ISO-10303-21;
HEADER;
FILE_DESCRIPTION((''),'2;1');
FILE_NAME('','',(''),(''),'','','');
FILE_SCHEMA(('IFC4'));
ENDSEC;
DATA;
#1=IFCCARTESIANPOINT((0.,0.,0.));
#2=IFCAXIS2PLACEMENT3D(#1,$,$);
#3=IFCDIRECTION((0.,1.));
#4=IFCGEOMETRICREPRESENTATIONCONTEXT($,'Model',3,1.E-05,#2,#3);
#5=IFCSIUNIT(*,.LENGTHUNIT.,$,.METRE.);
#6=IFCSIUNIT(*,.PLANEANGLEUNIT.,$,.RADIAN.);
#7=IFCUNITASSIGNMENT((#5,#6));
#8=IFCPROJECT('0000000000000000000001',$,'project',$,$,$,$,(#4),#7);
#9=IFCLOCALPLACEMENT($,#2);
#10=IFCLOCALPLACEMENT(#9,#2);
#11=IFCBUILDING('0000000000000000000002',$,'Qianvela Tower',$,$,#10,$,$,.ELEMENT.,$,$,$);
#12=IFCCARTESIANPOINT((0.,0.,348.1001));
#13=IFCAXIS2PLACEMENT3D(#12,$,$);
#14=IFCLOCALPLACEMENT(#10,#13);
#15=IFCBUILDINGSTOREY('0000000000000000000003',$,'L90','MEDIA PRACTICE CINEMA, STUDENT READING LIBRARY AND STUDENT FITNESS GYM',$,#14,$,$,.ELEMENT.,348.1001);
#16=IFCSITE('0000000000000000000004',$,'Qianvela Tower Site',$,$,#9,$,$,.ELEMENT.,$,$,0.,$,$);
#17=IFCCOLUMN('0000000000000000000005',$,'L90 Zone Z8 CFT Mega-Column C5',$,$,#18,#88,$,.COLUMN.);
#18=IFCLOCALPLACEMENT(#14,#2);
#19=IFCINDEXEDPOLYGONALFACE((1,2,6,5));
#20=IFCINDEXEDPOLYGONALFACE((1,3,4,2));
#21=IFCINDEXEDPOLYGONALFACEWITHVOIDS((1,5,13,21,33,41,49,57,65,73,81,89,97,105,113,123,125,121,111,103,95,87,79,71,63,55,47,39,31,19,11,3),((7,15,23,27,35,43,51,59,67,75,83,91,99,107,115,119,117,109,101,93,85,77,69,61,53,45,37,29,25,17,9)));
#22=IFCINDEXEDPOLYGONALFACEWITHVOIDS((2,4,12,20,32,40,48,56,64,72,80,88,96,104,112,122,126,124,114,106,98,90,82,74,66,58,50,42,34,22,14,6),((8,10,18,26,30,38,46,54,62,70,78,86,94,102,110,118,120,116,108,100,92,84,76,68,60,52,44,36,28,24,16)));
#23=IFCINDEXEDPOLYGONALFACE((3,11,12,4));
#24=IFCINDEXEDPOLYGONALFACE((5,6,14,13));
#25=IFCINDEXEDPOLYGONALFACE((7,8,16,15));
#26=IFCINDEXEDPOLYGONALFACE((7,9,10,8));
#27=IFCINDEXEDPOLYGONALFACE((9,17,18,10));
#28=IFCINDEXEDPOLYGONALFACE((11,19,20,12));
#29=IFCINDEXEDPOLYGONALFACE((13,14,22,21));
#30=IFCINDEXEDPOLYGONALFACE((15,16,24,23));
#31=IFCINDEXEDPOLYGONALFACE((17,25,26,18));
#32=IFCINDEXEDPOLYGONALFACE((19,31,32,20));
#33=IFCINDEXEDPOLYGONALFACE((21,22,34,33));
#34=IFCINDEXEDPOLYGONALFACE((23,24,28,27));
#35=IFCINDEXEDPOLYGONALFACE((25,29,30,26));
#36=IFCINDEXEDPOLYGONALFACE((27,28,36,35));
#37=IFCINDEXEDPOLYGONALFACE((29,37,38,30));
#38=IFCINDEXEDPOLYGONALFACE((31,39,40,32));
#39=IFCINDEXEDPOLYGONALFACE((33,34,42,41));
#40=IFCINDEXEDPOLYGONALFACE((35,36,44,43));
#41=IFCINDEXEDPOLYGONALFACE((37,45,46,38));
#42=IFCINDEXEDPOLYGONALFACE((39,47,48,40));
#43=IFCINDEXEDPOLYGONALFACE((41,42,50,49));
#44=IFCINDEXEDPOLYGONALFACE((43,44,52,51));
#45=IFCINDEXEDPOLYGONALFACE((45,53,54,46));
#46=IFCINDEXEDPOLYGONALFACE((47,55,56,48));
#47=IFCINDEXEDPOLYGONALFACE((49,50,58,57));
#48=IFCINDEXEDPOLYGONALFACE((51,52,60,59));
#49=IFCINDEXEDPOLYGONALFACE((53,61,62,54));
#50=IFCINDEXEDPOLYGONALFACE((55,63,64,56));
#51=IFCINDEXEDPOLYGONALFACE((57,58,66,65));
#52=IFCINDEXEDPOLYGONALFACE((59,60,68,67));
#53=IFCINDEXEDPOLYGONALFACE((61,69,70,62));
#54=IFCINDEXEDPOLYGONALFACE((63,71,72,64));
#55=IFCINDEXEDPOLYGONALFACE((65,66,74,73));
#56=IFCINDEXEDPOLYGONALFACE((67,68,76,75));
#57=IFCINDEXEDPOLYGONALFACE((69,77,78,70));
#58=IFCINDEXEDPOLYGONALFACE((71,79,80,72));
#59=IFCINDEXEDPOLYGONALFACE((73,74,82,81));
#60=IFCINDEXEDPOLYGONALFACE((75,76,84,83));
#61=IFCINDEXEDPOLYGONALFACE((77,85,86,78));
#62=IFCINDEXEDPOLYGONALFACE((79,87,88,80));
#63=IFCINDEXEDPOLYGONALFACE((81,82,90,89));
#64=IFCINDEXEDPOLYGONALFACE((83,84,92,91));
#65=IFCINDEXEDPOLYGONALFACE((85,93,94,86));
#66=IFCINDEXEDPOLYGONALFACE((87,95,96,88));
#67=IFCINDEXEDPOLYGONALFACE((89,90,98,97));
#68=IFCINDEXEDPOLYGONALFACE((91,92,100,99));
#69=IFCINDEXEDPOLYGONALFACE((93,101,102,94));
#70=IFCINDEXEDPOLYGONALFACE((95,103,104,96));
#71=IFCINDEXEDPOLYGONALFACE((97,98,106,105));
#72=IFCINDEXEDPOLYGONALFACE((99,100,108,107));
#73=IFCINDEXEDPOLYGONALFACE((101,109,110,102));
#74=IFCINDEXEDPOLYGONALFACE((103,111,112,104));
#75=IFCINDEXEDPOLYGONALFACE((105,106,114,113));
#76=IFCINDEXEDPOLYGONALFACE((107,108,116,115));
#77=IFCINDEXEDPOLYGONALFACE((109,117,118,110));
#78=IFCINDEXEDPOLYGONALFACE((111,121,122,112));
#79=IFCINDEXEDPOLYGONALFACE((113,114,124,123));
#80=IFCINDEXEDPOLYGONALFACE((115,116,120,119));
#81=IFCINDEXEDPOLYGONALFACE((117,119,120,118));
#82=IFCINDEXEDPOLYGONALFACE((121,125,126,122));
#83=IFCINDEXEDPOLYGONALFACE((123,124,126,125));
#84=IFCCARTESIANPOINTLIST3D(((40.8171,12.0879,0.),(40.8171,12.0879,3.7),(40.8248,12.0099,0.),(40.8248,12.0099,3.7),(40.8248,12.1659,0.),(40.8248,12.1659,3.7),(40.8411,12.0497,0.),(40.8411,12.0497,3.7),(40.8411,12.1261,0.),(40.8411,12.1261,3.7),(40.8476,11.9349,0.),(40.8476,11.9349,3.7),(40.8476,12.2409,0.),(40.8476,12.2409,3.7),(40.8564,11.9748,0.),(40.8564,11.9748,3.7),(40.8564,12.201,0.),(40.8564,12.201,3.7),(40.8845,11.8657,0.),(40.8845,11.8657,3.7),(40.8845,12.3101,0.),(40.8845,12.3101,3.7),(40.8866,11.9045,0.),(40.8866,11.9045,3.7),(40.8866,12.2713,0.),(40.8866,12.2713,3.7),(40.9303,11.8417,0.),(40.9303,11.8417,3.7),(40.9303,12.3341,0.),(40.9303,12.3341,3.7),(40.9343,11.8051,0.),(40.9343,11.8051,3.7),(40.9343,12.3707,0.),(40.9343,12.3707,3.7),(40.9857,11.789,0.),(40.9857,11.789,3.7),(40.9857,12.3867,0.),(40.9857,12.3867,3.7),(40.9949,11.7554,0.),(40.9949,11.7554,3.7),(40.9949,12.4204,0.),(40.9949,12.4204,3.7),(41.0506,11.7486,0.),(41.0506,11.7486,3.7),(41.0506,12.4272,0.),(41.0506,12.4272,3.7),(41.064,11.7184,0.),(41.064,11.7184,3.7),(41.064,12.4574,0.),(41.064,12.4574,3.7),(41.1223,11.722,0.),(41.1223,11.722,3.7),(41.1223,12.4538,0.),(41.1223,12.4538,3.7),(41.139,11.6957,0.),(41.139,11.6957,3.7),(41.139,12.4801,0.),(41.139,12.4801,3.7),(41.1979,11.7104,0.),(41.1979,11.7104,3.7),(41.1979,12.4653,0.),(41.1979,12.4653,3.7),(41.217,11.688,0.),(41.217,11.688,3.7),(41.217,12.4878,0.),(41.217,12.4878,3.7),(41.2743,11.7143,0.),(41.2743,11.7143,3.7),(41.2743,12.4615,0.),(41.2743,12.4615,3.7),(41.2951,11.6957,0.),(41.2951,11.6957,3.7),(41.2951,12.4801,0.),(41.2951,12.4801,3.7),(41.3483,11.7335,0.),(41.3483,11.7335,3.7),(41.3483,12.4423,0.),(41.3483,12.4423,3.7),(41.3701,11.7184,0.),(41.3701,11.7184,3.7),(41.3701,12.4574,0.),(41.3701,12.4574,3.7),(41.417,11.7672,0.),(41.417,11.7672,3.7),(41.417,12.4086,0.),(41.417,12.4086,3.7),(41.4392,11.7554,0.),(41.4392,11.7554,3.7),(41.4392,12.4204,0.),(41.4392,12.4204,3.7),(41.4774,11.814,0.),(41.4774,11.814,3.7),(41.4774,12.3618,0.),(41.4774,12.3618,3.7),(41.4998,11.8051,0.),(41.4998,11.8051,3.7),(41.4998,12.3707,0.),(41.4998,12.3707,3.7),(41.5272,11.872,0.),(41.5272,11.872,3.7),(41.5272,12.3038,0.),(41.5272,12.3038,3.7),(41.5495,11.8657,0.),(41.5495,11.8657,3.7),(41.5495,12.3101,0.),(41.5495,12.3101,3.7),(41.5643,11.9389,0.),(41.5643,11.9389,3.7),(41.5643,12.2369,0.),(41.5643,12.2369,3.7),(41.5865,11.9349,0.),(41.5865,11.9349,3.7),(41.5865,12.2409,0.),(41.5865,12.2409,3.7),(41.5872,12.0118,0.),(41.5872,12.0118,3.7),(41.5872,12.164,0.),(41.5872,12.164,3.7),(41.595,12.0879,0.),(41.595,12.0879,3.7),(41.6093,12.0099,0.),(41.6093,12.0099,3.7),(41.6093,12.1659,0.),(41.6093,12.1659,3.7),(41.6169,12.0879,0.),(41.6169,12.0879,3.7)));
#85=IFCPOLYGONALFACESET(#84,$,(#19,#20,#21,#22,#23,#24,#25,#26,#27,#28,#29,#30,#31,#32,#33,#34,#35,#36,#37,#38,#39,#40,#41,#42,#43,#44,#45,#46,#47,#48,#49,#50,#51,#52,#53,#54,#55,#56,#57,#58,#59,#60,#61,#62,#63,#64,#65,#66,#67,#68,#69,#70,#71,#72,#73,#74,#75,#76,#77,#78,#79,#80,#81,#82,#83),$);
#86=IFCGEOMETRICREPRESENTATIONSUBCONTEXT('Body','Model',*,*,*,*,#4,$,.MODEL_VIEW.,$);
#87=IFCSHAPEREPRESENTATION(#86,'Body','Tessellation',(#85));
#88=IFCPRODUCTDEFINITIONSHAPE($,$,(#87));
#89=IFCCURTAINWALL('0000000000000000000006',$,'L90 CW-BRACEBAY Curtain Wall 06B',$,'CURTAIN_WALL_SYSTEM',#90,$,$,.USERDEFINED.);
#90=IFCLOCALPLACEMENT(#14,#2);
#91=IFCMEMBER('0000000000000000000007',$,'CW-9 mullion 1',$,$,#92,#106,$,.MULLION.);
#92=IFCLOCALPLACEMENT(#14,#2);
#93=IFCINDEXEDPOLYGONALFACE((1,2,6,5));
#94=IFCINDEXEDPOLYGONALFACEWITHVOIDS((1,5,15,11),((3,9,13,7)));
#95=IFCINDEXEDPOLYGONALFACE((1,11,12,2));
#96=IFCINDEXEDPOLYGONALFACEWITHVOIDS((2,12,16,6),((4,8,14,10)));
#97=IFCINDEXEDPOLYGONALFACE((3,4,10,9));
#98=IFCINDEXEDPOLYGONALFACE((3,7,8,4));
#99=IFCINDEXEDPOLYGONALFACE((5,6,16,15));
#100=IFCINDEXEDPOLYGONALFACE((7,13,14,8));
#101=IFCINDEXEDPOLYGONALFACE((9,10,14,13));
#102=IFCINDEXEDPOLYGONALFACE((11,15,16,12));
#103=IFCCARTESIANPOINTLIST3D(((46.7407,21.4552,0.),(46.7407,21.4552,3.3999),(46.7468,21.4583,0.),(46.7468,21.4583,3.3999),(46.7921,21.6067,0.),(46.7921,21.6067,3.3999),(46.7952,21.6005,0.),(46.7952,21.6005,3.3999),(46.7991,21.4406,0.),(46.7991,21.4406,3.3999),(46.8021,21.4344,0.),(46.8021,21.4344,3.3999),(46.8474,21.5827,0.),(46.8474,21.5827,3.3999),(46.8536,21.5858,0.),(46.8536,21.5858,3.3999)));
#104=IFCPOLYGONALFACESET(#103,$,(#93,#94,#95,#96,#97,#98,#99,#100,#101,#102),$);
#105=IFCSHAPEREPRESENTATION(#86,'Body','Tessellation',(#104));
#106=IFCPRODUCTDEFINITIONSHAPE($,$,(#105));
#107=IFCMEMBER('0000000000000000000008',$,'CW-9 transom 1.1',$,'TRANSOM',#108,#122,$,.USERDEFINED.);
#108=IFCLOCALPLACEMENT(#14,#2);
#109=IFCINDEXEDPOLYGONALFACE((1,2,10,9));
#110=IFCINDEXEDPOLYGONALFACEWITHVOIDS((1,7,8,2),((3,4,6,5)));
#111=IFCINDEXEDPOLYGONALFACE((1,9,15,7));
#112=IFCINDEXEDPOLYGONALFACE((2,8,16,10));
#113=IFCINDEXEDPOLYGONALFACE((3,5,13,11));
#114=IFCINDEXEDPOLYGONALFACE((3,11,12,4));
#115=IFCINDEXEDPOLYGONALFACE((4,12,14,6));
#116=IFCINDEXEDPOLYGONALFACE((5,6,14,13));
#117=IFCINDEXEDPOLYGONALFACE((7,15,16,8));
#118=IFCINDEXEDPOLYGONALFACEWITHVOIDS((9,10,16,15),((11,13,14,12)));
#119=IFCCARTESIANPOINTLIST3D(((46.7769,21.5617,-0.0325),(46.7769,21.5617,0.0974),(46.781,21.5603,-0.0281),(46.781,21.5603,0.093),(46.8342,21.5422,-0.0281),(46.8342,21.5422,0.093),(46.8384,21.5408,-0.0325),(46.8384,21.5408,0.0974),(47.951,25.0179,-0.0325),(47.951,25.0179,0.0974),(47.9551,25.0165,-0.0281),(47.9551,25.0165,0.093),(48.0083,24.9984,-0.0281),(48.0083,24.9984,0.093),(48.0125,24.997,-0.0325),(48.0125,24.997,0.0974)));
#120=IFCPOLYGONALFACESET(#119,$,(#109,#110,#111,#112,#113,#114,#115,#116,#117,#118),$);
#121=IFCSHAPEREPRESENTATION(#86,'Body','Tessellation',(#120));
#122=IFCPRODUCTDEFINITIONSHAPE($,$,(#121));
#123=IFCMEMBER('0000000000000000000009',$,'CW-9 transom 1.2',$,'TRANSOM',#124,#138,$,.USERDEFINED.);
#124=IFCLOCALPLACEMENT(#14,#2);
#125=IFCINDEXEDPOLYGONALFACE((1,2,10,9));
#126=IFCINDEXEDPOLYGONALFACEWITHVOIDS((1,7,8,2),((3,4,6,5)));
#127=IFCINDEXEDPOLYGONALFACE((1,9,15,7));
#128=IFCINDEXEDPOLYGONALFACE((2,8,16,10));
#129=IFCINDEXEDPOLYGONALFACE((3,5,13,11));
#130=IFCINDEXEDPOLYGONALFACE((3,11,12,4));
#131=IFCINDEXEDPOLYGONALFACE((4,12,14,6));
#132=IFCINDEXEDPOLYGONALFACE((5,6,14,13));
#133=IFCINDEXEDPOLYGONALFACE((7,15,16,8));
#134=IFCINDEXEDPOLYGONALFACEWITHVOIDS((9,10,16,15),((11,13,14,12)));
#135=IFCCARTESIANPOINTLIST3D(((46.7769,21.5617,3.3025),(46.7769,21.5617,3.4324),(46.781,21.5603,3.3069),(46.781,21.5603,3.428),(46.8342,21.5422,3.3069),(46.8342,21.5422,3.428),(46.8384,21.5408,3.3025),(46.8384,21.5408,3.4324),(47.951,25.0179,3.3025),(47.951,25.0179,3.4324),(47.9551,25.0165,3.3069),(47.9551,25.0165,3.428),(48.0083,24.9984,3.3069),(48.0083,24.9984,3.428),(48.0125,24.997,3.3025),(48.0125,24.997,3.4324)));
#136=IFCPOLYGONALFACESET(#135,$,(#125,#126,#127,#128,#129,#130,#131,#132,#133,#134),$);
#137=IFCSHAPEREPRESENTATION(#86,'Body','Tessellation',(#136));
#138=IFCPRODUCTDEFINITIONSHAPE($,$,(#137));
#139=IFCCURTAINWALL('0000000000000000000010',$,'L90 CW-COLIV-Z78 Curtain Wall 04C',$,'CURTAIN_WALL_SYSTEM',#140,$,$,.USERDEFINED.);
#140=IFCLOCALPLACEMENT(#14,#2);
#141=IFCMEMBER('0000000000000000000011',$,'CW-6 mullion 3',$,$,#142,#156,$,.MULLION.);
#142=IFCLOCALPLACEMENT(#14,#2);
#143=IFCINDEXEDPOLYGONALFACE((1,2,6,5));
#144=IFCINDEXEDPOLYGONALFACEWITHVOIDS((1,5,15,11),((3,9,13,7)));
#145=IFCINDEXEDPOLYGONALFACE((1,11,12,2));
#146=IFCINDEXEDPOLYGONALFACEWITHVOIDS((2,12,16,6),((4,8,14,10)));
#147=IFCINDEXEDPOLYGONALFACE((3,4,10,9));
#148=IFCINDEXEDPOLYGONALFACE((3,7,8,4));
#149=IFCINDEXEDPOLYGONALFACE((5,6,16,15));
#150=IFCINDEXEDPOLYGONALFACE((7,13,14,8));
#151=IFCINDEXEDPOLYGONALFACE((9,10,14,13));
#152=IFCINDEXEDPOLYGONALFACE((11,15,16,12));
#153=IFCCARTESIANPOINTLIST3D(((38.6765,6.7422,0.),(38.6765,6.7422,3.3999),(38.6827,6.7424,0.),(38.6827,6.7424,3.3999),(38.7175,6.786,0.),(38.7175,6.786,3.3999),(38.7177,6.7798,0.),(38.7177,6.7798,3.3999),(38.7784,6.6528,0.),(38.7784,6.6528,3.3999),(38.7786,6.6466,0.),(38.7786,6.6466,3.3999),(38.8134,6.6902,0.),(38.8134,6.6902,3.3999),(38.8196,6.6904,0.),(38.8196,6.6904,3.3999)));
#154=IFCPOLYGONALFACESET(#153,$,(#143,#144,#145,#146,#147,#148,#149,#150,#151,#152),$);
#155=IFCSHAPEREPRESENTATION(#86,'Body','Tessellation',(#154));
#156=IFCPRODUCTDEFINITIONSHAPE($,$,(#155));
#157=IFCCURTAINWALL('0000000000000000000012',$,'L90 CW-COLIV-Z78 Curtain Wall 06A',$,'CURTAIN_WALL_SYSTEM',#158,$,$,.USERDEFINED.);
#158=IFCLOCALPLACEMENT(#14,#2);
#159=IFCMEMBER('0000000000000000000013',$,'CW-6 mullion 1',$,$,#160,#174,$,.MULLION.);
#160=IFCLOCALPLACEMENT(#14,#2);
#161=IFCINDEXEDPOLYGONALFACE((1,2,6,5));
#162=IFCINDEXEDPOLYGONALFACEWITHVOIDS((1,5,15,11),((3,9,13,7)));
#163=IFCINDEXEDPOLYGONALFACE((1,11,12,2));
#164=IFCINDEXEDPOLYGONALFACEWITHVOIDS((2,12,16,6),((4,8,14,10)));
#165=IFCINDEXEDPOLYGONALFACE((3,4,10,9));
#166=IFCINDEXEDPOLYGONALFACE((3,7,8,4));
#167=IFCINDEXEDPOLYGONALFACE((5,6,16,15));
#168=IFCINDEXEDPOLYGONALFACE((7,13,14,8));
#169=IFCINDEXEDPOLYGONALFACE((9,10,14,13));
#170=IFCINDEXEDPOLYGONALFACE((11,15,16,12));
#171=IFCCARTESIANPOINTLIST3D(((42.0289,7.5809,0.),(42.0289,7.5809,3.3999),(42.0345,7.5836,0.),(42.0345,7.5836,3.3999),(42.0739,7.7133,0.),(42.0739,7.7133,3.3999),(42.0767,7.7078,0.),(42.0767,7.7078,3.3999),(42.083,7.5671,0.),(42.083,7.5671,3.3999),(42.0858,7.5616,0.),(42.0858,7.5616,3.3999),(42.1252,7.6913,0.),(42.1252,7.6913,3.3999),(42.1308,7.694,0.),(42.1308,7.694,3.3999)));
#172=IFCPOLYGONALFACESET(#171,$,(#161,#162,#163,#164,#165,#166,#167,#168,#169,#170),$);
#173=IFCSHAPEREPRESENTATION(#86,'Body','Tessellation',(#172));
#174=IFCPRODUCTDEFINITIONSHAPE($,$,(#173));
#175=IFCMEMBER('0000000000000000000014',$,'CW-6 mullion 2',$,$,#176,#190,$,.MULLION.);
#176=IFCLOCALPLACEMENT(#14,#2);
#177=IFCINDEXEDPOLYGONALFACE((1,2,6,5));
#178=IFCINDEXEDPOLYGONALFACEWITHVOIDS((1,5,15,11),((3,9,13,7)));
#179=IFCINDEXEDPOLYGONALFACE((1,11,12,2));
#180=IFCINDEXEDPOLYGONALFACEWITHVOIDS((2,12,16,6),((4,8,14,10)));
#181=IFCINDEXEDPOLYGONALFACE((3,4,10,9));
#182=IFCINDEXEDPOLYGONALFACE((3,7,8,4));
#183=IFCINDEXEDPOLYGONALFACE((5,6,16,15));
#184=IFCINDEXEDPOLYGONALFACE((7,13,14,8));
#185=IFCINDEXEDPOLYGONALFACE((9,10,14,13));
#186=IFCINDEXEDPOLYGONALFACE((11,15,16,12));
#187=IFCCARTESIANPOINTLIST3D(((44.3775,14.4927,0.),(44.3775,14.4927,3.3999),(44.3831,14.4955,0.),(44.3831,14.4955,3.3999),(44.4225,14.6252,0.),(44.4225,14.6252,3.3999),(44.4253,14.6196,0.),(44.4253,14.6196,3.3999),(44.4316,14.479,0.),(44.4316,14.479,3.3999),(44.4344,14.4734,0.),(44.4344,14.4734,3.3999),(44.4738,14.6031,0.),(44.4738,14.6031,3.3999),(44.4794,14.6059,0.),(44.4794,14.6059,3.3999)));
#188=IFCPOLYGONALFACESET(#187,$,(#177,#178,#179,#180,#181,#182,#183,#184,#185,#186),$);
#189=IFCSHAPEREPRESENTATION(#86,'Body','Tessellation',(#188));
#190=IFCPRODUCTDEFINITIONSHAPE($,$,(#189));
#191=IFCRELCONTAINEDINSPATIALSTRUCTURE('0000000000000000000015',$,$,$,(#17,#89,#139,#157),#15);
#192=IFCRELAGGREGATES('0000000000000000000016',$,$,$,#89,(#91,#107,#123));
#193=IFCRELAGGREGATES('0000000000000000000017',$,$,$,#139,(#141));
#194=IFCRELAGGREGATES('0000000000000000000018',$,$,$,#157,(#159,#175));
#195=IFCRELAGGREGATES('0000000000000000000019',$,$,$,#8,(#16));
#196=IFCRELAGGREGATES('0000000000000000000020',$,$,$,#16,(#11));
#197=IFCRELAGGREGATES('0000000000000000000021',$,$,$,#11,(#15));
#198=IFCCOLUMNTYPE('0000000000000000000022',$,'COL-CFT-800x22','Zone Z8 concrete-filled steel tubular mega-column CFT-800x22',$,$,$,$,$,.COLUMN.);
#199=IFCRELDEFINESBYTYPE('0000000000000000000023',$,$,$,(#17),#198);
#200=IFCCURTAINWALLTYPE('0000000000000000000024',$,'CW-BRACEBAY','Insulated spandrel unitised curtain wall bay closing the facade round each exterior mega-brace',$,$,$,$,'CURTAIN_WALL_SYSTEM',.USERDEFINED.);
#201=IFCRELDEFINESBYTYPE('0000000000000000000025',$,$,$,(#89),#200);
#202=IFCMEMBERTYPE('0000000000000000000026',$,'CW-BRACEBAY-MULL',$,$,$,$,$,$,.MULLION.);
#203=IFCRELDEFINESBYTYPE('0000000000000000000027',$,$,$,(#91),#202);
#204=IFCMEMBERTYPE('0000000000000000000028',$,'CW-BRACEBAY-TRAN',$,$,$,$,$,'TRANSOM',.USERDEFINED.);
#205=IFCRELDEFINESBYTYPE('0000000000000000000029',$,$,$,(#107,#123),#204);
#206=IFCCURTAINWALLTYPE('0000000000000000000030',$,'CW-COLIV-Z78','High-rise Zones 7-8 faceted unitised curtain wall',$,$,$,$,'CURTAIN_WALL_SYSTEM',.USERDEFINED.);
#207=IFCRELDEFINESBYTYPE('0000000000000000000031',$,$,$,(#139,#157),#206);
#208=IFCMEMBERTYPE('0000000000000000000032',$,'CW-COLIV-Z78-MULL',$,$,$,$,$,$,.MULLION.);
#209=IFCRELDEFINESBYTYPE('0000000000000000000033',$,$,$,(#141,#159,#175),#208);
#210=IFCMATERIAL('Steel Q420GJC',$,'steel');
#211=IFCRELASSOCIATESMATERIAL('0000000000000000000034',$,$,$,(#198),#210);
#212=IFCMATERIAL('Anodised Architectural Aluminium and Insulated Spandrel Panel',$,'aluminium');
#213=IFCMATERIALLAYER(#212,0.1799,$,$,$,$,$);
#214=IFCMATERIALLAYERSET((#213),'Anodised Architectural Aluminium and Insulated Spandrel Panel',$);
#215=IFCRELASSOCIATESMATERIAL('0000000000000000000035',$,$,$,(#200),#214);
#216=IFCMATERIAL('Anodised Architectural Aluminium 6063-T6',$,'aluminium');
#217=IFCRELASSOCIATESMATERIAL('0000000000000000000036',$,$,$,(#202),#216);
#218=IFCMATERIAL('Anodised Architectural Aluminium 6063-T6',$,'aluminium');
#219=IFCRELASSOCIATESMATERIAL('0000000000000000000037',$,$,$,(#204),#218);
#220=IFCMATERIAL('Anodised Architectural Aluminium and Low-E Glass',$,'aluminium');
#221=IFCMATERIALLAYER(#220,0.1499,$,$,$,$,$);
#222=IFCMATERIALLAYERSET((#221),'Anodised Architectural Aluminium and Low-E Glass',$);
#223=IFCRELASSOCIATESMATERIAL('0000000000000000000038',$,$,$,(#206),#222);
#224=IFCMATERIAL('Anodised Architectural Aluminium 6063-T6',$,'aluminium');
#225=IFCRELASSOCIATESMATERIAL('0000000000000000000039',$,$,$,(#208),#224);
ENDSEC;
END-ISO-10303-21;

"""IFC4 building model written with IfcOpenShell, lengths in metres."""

from ifc_helpers import new_model, si_unit, direction, frame, origin, origin_2d, place, context, subcontext, project, spatial, hollow_rectangle, hollow_circle, extrude, material, layer, layer_set, material_profile, profile_set, type_object, element, aggregate, save


model = new_model("IFC4")

# Units and contexts
model_context = context("Model", 3, precision=1e-05, world=origin(), true_north=direction((0.0, 1.0)))
body_context = subcontext(model_context, "Body", "Model", "MODEL_VIEW")
ifc_project = project(units=[si_unit("LENGTHUNIT", "METRE"), si_unit("PLANEANGLEUNIT", "RADIAN")], contexts=[model_context])

# Site, building, storey
site_placement = place(None, origin())
site = spatial("IfcSite", under=ifc_project, at=site_placement, Name="Qianvela Tower Site", CompositionType="ELEMENT", RefElevation=0.0)
building_placement = place(site_placement, origin())
building = spatial("IfcBuilding", under=site, at=building_placement, Name="Qianvela Tower", CompositionType="ELEMENT")
storey_placement = place(building_placement, frame((0.0, 0.0, 348.1001)))
storey = spatial("IfcBuildingStorey", under=building, at=storey_placement, Name="L90", Description="MEDIA PRACTICE CINEMA, STUDENT READING LIBRARY AND STUDENT FITNESS GYM", CompositionType="ELEMENT", Elevation=348.1001)

# Column
ifc_material_1 = material(Name="Steel Q420GJC", Category="steel")
ifc_material_profile_1 = material_profile(ifc_material_1, hollow_circle(Radius=0.3999, WallThickness=0.022, at=origin_2d()), Name="CFT-800x22")
ifc_profile_set_1 = profile_set([ifc_material_profile_1], Name="Steel Q420GJC")
column_type = type_object("IfcColumnType", Name="COL-CFT-800x22", Description="Zone Z8 concrete-filled steel tubular mega-column CFT-800x22", PredefinedType="COLUMN", material=ifc_profile_set_1)
column_placement = place(storey_placement, frame((41.217, 12.0879, 0.0), z_axis=(0.0, 0.0, 1.0), x_axis=(1.0, 0.0, 0.0)))
element("IfcColumn", 1, at=column_placement, inside=storey, type_object=column_type, Name="L90 Zone Z8 CFT Mega-Column C5", PredefinedType="COLUMN", context=body_context, shape_type="SweptSolid", body=[
    extrude(hollow_circle(Radius=0.3999, WallThickness=0.022, at=origin_2d()), origin(), (0.0, 0.0, 1.0), 3.7),
])

# Curtain wall, members
ifc_material_2 = material(Name="Anodised Architectural Aluminium and Insulated Spandrel Panel", Category="aluminium")
ifc_layer_1 = layer(ifc_material_2, 0.1799)
ifc_layer_set_1 = layer_set([ifc_layer_1], Name="Anodised Architectural Aluminium and Insulated Spandrel Panel")
curtain_wall_type_1 = type_object("IfcCurtainWallType", Name="CW-BRACEBAY", Description="Insulated spandrel unitised curtain wall bay closing the facade round each exterior mega-brace", ElementType="CURTAIN_WALL_SYSTEM", PredefinedType="USERDEFINED", material=ifc_layer_set_1)
curtain_wall_1_placement = place(storey_placement, origin())
curtain_wall_1 = element("IfcCurtainWall", 2, at=curtain_wall_1_placement, inside=storey, type_object=curtain_wall_type_1, Name="L90 CW-BRACEBAY Curtain Wall 06B", ObjectType="CURTAIN_WALL_SYSTEM", PredefinedType="USERDEFINED")
ifc_material_3 = material(Name="Anodised Architectural Aluminium 6063-T6", Category="aluminium")
ifc_material_profile_2 = material_profile(ifc_material_3, hollow_rectangle(XDim=0.0649, YDim=0.1599, WallThickness=0.0049, at=origin_2d()), Name="ALU-MULL-65x160")
ifc_profile_set_2 = profile_set([ifc_material_profile_2], Name="Anodised Architectural Aluminium 6063-T6")
member_type_1 = type_object("IfcMemberType", Name="CW-BRACEBAY-MULL", PredefinedType="MULLION", material=ifc_profile_set_2)
member_1_placement = place(storey_placement, frame((46.7971, 21.5205, 0.0), z_axis=(0.0, 0.0, 1.0), x_axis=(-0.946837, 0.321714, 0.0)))
member_1 = element("IfcMember", 3, at=member_1_placement, type_object=member_type_1, Name="CW-9 mullion 1", PredefinedType="MULLION", context=body_context, shape_type="SweptSolid", body=[
    extrude(hollow_rectangle(XDim=0.0649, YDim=0.1599, WallThickness=0.0049, at=origin_2d()), origin(), (0.0, 0.0, 1.0), 3.3999),
])
ifc_material_4 = material(Name="Anodised Architectural Aluminium 6063-T6", Category="aluminium")
ifc_material_profile_3 = material_profile(ifc_material_4, hollow_rectangle(XDim=0.0649, YDim=0.1299, WallThickness=0.0044, at=origin_2d()), Name="ALU-TRAN-65x130")
ifc_profile_set_3 = profile_set([ifc_material_profile_3], Name="Anodised Architectural Aluminium 6063-T6")
member_type_2 = type_object("IfcMemberType", Name="CW-BRACEBAY-TRAN", ElementType="TRANSOM", PredefinedType="USERDEFINED", material=ifc_profile_set_3)
member_2_placement = place(storey_placement, frame((46.8076, 21.5513, 0.0325), z_axis=(0.32166, 0.946855, 0.0), x_axis=(-0.946855, 0.32166, 0.0)))
member_2 = element("IfcMember", 4, at=member_2_placement, type_object=member_type_2, Name="CW-9 transom 1.1", ObjectType="TRANSOM", PredefinedType="USERDEFINED", context=body_context, shape_type="SweptSolid", body=[
    extrude(hollow_rectangle(XDim=0.0649, YDim=0.1299, WallThickness=0.0044, at=origin_2d()), origin(), (0.0, 0.0, 1.0), 3.6501),
])
member_3_placement = place(storey_placement, frame((46.8076, 21.5513, 3.3674), z_axis=(0.32166, 0.946855, 0.0), x_axis=(-0.946855, 0.32166, 0.0)))
member_3 = element("IfcMember", 5, at=member_3_placement, type_object=member_type_2, Name="CW-9 transom 1.2", ObjectType="TRANSOM", PredefinedType="USERDEFINED", context=body_context, shape_type="SweptSolid", body=[
    extrude(hollow_rectangle(XDim=0.0649, YDim=0.1299, WallThickness=0.0044, at=origin_2d()), origin(), (0.0, 0.0, 1.0), 3.6501),
])
aggregate(curtain_wall_1, [member_1, member_2, member_3])

# Curtain wall, member
ifc_material_5 = material(Name="Anodised Architectural Aluminium and Low-E Glass", Category="aluminium")
ifc_layer_2 = layer(ifc_material_5, 0.1499)
ifc_layer_set_2 = layer_set([ifc_layer_2], Name="Anodised Architectural Aluminium and Low-E Glass")
curtain_wall_type_2 = type_object("IfcCurtainWallType", Name="CW-COLIV-Z78", Description="High-rise Zones 7-8 faceted unitised curtain wall", ElementType="CURTAIN_WALL_SYSTEM", PredefinedType="USERDEFINED", material=ifc_layer_set_2)
curtain_wall_2_placement = place(storey_placement, origin())
curtain_wall_2 = element("IfcCurtainWall", 6, at=curtain_wall_2_placement, inside=storey, type_object=curtain_wall_type_2, Name="L90 CW-COLIV-Z78 Curtain Wall 04C", ObjectType="CURTAIN_WALL_SYSTEM", PredefinedType="USERDEFINED")
ifc_material_6 = material(Name="Anodised Architectural Aluminium 6063-T6", Category="aluminium")
ifc_material_profile_4 = material_profile(ifc_material_6, hollow_rectangle(XDim=0.0601, YDim=0.1399, WallThickness=0.0044, at=origin_2d()), Name="ALU-MULL-60x140")
ifc_profile_set_4 = profile_set([ifc_material_profile_4], Name="Anodised Architectural Aluminium 6063-T6")
member_type_3 = type_object("IfcMemberType", Name="CW-COLIV-Z78-MULL", PredefinedType="MULLION", material=ifc_profile_set_4)
member_4_placement = place(storey_placement, frame((38.748, 6.7163, 0.0), z_axis=(0.0, 0.0, 1.0), x_axis=(0.683533, 0.72992, 0.0)))
member_4 = element("IfcMember", 7, at=member_4_placement, type_object=member_type_3, Name="CW-6 mullion 3", PredefinedType="MULLION", context=body_context, shape_type="SweptSolid", body=[
    extrude(hollow_rectangle(XDim=0.0601, YDim=0.1399, WallThickness=0.0044, at=origin_2d()), origin(), (0.0, 0.0, 1.0), 3.3999),
])

# Curtain wall, members
curtain_wall_3_placement = place(storey_placement, origin())
curtain_wall_3 = element("IfcCurtainWall", 8, at=curtain_wall_3_placement, inside=storey, type_object=curtain_wall_type_2, Name="L90 CW-COLIV-Z78 Curtain Wall 06A", ObjectType="CURTAIN_WALL_SYSTEM", PredefinedType="USERDEFINED")
member_5_placement = place(storey_placement, frame((42.0798, 7.6375, 0.0), z_axis=(0.0, 0.0, 1.0), x_axis=(-0.946835, 0.321719, 0.0)))
member_5 = element("IfcMember", 9, at=member_5_placement, type_object=member_type_3, Name="CW-6 mullion 1", PredefinedType="MULLION", context=body_context, shape_type="SweptSolid", body=[
    extrude(hollow_rectangle(XDim=0.0601, YDim=0.1399, WallThickness=0.0044, at=origin_2d()), origin(), (0.0, 0.0, 1.0), 3.3999),
])
member_6_placement = place(storey_placement, frame((44.4285, 14.5493, 0.0), z_axis=(0.0, 0.0, 1.0), x_axis=(-0.946835, 0.321719, 0.0)))
member_6 = element("IfcMember", 10, at=member_6_placement, type_object=member_type_3, Name="CW-6 mullion 2", PredefinedType="MULLION", context=body_context, shape_type="SweptSolid", body=[
    extrude(hollow_rectangle(XDim=0.0601, YDim=0.1399, WallThickness=0.0044, at=origin_2d()), origin(), (0.0, 0.0, 1.0), 3.3999),
])

aggregate(curtain_wall_2, [member_4])
aggregate(curtain_wall_3, [member_5, member_6])

save(model, "model.ifc")
